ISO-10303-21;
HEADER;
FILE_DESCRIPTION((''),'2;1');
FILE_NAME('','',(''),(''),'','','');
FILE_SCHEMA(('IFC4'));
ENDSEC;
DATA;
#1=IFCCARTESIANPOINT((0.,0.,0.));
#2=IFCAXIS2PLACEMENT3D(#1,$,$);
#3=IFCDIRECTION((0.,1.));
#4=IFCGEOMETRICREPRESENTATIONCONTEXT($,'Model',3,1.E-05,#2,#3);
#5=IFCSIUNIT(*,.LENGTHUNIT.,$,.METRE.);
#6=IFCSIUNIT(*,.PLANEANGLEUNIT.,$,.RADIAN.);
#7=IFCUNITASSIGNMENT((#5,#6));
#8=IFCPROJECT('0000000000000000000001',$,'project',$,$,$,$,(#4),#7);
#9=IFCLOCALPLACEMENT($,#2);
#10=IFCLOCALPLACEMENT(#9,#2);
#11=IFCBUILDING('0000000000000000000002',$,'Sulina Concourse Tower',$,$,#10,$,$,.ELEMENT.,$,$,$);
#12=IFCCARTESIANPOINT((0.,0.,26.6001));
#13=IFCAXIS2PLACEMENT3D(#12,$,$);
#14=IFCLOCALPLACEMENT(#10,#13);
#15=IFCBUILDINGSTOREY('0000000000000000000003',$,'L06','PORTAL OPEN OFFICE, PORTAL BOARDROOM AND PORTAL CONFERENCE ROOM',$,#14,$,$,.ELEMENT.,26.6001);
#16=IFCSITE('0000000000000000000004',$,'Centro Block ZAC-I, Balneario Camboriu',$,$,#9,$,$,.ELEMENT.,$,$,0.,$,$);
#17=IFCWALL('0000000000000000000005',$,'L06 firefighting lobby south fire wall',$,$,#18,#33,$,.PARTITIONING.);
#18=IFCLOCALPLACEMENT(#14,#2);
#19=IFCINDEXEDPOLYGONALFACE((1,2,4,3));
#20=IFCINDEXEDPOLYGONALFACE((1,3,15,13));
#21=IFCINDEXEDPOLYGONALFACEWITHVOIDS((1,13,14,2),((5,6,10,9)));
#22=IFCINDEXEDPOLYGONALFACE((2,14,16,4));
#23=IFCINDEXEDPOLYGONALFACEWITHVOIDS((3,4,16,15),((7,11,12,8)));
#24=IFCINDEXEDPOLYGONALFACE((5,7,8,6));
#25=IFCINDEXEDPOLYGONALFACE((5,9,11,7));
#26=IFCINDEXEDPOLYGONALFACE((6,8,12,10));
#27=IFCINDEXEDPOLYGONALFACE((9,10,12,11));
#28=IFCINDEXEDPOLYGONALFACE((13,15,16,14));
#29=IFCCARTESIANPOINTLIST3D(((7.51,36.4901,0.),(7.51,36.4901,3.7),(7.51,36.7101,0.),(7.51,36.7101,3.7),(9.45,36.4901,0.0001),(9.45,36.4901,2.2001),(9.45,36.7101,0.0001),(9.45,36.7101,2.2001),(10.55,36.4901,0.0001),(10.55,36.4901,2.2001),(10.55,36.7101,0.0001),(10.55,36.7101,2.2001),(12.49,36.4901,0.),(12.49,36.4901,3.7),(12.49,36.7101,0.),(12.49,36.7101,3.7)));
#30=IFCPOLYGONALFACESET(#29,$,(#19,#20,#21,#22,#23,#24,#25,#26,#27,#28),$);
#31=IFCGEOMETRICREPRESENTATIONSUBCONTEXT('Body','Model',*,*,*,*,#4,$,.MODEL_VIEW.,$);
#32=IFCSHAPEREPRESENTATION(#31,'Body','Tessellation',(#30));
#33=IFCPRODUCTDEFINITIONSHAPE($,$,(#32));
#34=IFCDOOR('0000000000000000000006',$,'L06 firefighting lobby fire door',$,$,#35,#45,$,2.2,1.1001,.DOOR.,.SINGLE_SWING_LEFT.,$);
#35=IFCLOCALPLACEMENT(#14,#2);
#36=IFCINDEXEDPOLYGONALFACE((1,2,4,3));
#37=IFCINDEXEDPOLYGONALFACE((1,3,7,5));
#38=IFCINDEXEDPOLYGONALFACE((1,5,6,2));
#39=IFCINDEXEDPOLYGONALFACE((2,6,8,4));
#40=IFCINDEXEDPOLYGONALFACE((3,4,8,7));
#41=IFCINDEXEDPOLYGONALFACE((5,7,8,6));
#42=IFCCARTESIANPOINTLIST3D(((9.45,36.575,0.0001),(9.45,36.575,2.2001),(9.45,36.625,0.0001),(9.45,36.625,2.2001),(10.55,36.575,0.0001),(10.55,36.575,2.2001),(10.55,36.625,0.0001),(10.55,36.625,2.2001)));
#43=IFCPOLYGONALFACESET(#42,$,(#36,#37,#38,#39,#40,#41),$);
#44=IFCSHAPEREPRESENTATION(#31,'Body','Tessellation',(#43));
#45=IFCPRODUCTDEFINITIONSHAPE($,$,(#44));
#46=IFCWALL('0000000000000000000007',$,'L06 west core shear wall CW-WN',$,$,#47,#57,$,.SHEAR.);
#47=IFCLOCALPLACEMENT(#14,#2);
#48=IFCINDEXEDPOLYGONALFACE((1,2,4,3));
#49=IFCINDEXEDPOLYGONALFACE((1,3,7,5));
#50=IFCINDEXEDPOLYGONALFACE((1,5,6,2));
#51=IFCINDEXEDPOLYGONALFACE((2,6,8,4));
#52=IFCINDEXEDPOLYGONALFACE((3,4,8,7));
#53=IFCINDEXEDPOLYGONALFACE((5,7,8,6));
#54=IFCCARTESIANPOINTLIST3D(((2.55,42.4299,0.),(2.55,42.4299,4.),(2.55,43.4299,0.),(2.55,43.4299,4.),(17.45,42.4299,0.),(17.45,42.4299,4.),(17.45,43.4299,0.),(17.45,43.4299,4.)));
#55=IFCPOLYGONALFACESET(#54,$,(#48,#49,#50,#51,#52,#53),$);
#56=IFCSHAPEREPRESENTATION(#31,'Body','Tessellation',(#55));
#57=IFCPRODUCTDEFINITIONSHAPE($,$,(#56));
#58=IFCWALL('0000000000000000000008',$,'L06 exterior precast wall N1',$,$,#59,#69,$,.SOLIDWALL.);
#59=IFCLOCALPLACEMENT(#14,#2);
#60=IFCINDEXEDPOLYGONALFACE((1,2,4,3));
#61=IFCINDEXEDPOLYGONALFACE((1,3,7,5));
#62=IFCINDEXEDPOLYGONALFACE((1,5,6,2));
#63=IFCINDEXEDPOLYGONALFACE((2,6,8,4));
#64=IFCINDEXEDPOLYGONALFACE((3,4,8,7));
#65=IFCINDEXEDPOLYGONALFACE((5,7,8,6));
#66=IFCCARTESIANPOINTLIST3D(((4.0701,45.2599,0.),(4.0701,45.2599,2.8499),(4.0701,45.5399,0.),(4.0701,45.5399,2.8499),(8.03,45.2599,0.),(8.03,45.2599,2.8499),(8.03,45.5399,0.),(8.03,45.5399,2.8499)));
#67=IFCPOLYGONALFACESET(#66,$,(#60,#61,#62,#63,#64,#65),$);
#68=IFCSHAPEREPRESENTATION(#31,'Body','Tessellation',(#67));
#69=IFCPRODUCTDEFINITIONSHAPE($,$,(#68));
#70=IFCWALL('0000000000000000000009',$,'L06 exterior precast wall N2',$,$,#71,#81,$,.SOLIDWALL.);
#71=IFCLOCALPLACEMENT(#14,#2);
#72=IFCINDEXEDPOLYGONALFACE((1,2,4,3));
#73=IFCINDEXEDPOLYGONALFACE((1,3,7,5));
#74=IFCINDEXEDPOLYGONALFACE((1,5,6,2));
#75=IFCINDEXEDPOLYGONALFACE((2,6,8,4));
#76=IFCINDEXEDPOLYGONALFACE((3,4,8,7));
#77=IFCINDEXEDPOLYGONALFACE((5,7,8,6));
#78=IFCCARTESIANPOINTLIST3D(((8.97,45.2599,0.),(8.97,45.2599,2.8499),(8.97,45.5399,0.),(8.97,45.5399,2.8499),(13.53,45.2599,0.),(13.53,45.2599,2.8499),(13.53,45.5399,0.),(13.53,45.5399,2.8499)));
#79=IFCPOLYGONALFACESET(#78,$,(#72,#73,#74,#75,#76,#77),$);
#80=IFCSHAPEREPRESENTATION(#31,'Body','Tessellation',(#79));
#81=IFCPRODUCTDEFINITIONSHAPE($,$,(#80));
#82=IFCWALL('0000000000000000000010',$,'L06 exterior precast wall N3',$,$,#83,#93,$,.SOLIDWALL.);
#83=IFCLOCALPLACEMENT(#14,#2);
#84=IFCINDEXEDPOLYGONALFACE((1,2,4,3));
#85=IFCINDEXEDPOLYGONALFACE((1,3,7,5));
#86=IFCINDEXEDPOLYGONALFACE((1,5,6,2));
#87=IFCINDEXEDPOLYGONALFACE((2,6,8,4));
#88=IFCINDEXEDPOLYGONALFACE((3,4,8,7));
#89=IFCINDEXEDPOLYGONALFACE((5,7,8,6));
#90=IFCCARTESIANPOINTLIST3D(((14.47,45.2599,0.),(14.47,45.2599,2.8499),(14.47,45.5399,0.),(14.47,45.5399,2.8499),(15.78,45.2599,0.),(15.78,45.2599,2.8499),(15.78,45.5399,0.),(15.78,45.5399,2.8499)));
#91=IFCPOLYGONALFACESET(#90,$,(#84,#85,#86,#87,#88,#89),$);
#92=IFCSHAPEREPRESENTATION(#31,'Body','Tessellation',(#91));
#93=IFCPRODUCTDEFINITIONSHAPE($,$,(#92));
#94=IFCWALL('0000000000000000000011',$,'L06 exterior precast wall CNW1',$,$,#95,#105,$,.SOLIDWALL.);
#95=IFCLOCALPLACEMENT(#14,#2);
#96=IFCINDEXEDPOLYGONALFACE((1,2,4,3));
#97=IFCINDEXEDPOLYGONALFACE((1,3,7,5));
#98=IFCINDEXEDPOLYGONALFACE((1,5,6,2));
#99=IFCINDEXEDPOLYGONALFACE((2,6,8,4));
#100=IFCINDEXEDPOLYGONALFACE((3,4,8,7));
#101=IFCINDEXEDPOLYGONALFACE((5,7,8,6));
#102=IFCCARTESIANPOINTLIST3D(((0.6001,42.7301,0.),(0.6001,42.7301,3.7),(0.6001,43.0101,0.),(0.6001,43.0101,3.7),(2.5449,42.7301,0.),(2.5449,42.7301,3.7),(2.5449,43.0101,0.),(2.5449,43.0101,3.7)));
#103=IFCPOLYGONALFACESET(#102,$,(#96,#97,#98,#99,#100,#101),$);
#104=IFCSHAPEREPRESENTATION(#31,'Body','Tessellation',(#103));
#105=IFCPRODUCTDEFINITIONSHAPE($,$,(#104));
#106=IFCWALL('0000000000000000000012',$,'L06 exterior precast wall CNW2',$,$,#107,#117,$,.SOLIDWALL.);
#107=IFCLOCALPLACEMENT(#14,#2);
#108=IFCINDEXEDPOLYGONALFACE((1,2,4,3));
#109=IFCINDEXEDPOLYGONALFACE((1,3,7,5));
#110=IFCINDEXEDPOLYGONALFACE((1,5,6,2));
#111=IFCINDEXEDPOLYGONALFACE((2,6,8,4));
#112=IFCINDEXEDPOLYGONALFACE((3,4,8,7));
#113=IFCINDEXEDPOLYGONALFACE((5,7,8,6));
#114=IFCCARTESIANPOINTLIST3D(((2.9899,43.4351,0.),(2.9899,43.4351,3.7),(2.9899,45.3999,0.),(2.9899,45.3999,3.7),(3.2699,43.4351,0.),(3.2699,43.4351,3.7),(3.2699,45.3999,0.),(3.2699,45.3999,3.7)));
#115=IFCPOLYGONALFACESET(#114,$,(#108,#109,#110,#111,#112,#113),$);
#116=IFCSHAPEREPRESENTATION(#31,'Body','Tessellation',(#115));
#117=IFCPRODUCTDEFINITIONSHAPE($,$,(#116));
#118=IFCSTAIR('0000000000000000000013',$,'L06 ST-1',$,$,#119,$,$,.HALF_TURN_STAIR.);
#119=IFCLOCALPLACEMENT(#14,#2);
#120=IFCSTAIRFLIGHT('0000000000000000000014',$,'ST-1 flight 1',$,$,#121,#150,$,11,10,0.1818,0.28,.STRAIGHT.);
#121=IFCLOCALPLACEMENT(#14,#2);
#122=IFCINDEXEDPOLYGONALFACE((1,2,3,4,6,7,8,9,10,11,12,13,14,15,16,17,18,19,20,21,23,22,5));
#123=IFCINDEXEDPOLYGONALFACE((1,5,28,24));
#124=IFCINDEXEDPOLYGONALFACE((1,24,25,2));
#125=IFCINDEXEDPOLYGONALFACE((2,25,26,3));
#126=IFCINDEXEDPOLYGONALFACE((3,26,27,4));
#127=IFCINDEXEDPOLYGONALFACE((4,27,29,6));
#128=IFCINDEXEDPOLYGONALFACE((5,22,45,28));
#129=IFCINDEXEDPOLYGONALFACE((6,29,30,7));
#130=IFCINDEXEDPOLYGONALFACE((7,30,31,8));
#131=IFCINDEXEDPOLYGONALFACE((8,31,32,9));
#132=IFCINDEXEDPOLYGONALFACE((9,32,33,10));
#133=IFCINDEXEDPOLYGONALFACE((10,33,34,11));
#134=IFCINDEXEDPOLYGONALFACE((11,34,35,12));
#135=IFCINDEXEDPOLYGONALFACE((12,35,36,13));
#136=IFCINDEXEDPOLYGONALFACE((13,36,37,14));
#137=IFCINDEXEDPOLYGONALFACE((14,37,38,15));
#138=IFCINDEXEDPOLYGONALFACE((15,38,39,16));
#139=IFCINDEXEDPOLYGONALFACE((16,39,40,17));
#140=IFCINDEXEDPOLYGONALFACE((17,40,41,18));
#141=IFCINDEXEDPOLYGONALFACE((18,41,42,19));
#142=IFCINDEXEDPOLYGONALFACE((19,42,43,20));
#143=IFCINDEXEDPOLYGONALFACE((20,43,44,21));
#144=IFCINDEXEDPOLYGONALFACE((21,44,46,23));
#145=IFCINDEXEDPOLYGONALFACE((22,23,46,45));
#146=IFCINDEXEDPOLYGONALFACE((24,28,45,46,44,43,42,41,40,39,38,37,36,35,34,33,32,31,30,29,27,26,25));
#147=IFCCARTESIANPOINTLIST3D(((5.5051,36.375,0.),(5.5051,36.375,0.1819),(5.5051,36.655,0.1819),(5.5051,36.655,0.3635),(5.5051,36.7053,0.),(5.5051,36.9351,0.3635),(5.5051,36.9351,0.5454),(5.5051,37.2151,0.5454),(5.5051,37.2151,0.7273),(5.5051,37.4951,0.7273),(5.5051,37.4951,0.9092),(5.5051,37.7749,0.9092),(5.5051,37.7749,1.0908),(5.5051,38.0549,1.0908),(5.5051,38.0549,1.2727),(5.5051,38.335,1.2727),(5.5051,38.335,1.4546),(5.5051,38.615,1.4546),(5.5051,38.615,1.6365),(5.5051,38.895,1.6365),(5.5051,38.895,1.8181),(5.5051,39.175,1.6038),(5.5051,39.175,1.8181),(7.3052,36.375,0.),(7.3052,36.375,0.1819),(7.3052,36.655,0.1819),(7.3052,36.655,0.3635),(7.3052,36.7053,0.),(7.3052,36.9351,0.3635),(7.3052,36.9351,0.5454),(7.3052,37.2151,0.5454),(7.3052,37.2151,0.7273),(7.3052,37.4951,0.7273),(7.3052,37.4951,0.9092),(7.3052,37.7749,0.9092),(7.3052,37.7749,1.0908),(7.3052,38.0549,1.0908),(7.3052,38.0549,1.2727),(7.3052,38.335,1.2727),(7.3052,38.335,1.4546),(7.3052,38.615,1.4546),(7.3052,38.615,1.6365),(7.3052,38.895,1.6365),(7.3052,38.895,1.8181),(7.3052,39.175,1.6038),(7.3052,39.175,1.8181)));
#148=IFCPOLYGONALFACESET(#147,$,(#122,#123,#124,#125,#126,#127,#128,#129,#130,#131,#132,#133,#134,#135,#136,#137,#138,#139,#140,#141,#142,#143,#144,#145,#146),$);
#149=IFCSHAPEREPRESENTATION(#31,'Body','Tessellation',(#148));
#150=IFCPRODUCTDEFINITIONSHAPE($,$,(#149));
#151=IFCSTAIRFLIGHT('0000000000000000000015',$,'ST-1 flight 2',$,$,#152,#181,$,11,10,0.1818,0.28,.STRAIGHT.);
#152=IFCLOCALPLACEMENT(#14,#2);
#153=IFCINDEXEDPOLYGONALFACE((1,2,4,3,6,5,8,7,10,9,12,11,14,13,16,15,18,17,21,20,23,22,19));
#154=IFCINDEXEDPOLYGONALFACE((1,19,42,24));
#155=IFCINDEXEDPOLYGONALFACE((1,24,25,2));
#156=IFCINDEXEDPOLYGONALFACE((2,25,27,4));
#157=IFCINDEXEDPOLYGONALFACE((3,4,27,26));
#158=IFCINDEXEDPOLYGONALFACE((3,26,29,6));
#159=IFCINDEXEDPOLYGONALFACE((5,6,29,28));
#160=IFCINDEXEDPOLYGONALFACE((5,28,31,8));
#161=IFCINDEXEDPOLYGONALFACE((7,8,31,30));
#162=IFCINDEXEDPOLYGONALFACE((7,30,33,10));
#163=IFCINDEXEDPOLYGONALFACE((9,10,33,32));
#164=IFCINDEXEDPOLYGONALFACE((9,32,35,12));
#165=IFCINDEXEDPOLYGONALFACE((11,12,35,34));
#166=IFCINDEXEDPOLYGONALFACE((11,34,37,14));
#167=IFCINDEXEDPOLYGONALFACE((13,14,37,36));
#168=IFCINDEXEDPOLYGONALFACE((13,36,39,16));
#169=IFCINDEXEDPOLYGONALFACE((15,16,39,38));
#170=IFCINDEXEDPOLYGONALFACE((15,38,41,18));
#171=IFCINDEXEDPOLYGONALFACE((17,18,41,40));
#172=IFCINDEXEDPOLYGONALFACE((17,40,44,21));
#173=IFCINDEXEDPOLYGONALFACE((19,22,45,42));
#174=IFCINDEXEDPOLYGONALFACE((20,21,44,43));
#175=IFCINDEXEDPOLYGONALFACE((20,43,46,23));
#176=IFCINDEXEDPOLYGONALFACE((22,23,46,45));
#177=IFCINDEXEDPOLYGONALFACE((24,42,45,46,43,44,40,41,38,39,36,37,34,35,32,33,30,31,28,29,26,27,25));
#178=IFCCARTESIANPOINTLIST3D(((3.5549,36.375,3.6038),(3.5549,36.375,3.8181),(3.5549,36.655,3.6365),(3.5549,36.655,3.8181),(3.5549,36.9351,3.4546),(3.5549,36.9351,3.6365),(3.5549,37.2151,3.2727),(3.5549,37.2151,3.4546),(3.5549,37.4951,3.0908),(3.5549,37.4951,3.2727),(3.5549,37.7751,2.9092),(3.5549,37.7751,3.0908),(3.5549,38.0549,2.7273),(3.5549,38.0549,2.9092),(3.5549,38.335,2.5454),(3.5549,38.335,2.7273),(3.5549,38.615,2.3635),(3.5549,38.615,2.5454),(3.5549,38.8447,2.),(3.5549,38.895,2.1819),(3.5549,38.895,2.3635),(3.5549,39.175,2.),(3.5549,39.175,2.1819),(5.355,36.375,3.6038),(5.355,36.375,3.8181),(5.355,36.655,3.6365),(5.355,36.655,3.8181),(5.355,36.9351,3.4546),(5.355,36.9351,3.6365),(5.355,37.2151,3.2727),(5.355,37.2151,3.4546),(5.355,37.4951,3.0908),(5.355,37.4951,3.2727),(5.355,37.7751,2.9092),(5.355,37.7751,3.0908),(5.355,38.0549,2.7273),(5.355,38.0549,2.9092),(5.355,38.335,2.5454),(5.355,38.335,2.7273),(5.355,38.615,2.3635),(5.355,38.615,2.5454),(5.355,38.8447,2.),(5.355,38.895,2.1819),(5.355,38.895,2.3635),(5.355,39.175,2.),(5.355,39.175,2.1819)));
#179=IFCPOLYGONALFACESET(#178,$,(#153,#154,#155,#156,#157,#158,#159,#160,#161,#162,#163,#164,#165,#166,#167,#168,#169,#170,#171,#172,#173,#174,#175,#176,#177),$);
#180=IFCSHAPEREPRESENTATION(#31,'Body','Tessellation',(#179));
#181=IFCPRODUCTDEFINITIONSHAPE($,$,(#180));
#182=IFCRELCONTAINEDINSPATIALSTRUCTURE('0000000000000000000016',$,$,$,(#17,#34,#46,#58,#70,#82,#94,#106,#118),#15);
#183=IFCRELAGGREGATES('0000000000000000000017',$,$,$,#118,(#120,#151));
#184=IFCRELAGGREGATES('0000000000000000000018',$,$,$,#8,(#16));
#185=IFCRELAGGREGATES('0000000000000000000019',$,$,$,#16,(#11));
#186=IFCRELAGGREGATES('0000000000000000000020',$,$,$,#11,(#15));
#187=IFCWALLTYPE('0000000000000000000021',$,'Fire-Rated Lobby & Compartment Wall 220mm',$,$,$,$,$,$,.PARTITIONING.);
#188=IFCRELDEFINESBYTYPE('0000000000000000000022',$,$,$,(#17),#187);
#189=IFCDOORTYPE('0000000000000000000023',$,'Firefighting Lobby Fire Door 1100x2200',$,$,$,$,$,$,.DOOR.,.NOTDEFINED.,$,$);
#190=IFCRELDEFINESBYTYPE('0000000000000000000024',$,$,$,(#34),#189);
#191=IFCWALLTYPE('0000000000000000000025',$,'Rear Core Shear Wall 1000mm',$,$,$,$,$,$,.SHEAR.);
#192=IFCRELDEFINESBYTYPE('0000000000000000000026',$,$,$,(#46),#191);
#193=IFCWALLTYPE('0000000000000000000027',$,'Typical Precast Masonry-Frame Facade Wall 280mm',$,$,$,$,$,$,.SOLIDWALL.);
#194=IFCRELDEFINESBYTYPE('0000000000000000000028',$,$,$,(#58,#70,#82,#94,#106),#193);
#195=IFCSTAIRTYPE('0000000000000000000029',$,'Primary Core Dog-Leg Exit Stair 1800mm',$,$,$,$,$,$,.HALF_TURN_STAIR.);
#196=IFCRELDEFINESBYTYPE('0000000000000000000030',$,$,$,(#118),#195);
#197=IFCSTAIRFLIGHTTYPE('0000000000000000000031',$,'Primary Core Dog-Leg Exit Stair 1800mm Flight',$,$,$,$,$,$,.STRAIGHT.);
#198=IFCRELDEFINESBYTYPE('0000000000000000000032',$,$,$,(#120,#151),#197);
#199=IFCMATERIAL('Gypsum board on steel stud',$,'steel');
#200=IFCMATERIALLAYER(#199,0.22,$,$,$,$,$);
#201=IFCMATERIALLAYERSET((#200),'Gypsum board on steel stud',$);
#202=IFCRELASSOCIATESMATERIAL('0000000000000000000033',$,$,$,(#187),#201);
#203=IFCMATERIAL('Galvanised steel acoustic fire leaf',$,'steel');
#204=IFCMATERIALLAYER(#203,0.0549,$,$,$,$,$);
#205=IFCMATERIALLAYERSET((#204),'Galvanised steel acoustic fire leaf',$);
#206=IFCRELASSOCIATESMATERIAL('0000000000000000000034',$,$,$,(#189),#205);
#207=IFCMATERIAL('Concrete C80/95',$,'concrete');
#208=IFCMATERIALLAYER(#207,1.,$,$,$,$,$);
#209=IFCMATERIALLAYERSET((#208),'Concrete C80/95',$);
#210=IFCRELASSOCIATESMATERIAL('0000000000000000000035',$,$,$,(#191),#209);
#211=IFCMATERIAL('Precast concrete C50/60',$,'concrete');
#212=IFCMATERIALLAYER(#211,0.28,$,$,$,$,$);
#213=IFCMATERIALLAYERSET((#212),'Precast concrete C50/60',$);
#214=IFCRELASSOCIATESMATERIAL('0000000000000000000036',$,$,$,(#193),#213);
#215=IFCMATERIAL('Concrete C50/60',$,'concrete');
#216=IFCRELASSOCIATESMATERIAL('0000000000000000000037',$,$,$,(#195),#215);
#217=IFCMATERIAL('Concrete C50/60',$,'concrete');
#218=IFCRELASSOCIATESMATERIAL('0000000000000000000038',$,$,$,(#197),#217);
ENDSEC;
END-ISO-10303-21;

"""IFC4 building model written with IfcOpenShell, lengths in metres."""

from ifc_helpers import new_model, si_unit, direction, frame, frame_2d, origin, place, context, subcontext, project, spatial, polyline, rectangle, outline, extrude, material, layer, layer_set, type_object, element, fill, aggregate, save


model = new_model("IFC4")

# Units and contexts
model_context = context("Model", 3, precision=1e-05, world=origin(), true_north=direction((0.0, 1.0)))
body_context = subcontext(model_context, "Body", "Model", "MODEL_VIEW")
ifc_project = project(units=[si_unit("LENGTHUNIT", "METRE"), si_unit("PLANEANGLEUNIT", "RADIAN")], contexts=[model_context])

# Site, building, storey
site_placement = place(None, origin())
site = spatial("IfcSite", under=ifc_project, at=site_placement, Name="Centro Block ZAC-I, Balneario Camboriu", CompositionType="ELEMENT", RefElevation=0.0)
building_placement = place(site_placement, origin())
building = spatial("IfcBuilding", under=site, at=building_placement, Name="Sulina Concourse Tower", CompositionType="ELEMENT")
storey_placement = place(building_placement, frame((0.0, 0.0, 26.6001)))
storey = spatial("IfcBuildingStorey", under=building, at=storey_placement, Name="L06", Description="PORTAL OPEN OFFICE, PORTAL BOARDROOM AND PORTAL CONFERENCE ROOM", CompositionType="ELEMENT", Elevation=26.6001)

# Wall, opening, door
ifc_material_1 = material(Name="Gypsum board on steel stud", Category="steel")
ifc_layer_1 = layer(ifc_material_1, 0.22)
ifc_layer_set_1 = layer_set([ifc_layer_1], Name="Gypsum board on steel stud")
wall_type_1 = type_object("IfcWallType", Name="Fire-Rated Lobby & Compartment Wall 220mm", PredefinedType="PARTITIONING", material=ifc_layer_set_1)
wall_1_placement = place(storey_placement, frame((7.51, 36.6001, 0.0), z_axis=(0.0, 0.0, 1.0), x_axis=(1.0, 0.0, 0.0)))
wall_1 = element("IfcWall", 1, at=wall_1_placement, inside=storey, type_object=wall_type_1, Name="L06 firefighting lobby south fire wall", PredefinedType="PARTITIONING", context=body_context, shape_type="SweptSolid", body=[
    extrude(rectangle(XDim=4.98, YDim=0.22, at=frame_2d((2.49, 0.0))), origin(), (0.0, 0.0, 1.0), 3.7),
])
opening_1_placement = place(wall_1_placement, frame((1.9399, 0.0, 0.0)))
opening_1 = element("IfcOpeningElement", 2, at=opening_1_placement, cuts=wall_1, PredefinedType="OPENING", context=body_context, shape_type="SweptSolid", body=[
    extrude(rectangle(XDim=1.1001, YDim=2.2, at=frame_2d((0.55, 1.1001))), frame((0.0, 0.1199, 0.0), z_axis=(0.0, -1.0, 0.0), x_axis=(1.0, 0.0, 0.0)), (0.0, 0.0, 1.0), 0.24),
])
ifc_material_2 = material(Name="Galvanised steel acoustic fire leaf", Category="steel")
ifc_layer_2 = layer(ifc_material_2, 0.0549)
ifc_layer_set_2 = layer_set([ifc_layer_2], Name="Galvanised steel acoustic fire leaf")
door_type_1 = type_object("IfcDoorType", Name="Firefighting Lobby Fire Door 1100x2200", OperationType="NOTDEFINED", PredefinedType="DOOR", material=ifc_layer_set_2)
door_1_placement = place(opening_1_placement, origin())
door_1 = element("IfcDoor", 3, at=door_1_placement, inside=storey, type_object=door_type_1, Name="L06 firefighting lobby fire door", OperationType="SINGLE_SWING_LEFT", OverallHeight=2.2, OverallWidth=1.1001, PredefinedType="DOOR", context=body_context, shape_type="SweptSolid", body=[
    extrude(rectangle(XDim=1.1001, YDim=2.2, at=frame_2d((0.55, 1.1001))), frame((0.0, 0.0249, 0.0), z_axis=(0.0, -1.0, 0.0), x_axis=(1.0, 0.0, 0.0)), (0.0, 0.0, 1.0), 0.05),
])
fill(opening_1, door_1)

# Walls
ifc_material_3 = material(Name="Concrete C80/95", Category="concrete")
ifc_layer_3 = layer(ifc_material_3, 1.0)
ifc_layer_set_3 = layer_set([ifc_layer_3], Name="Concrete C80/95")
wall_type_2 = type_object("IfcWallType", Name="Rear Core Shear Wall 1000mm", PredefinedType="SHEAR", material=ifc_layer_set_3)
wall_2_placement = place(storey_placement, frame((2.55, 42.9299, 0.0), z_axis=(0.0, 0.0, 1.0), x_axis=(1.0, 0.0, 0.0)))
element("IfcWall", 4, at=wall_2_placement, inside=storey, type_object=wall_type_2, Name="L06 west core shear wall CW-WN", PredefinedType="SHEAR", context=body_context, shape_type="SweptSolid", body=[
    extrude(rectangle(XDim=14.8999, YDim=1.0, at=frame_2d((7.45, 0.0))), origin(), (0.0, 0.0, 1.0), 4.0),
])
ifc_material_4 = material(Name="Precast concrete C50/60", Category="concrete")
ifc_layer_4 = layer(ifc_material_4, 0.28)
ifc_layer_set_4 = layer_set([ifc_layer_4], Name="Precast concrete C50/60")
wall_type_3 = type_object("IfcWallType", Name="Typical Precast Masonry-Frame Facade Wall 280mm", PredefinedType="SOLIDWALL", material=ifc_layer_set_4)
wall_3_placement = place(storey_placement, frame((4.0701, 45.3999, 0.0), z_axis=(0.0, 0.0, 1.0), x_axis=(1.0, 0.0, 0.0)))
element("IfcWall", 5, at=wall_3_placement, inside=storey, type_object=wall_type_3, Name="L06 exterior precast wall N1", PredefinedType="SOLIDWALL", context=body_context, shape_type="SweptSolid", body=[
    extrude(rectangle(XDim=3.96, YDim=0.28, at=frame_2d((1.98, 0.0))), origin(), (0.0, 0.0, 1.0), 2.8499),
])
wall_4_placement = place(storey_placement, frame((8.97, 45.3999, 0.0), z_axis=(0.0, 0.0, 1.0), x_axis=(1.0, 0.0, 0.0)))
element("IfcWall", 6, at=wall_4_placement, inside=storey, type_object=wall_type_3, Name="L06 exterior precast wall N2", PredefinedType="SOLIDWALL", context=body_context, shape_type="SweptSolid", body=[
    extrude(rectangle(XDim=4.5601, YDim=0.28, at=frame_2d((2.28, 0.0))), origin(), (0.0, 0.0, 1.0), 2.8499),
])
wall_5_placement = place(storey_placement, frame((14.47, 45.3999, 0.0), z_axis=(0.0, 0.0, 1.0), x_axis=(1.0, 0.0, 0.0)))
element("IfcWall", 7, at=wall_5_placement, inside=storey, type_object=wall_type_3, Name="L06 exterior precast wall N3", PredefinedType="SOLIDWALL", context=body_context, shape_type="SweptSolid", body=[
    extrude(rectangle(XDim=1.3101, YDim=0.28, at=frame_2d((0.655, 0.0))), origin(), (0.0, 0.0, 1.0), 2.8499),
])
wall_6_placement = place(storey_placement, frame((0.6001, 42.8701, 0.0), z_axis=(0.0, 0.0, 1.0), x_axis=(1.0, 0.0, 0.0)))
element("IfcWall", 8, at=wall_6_placement, inside=storey, type_object=wall_type_3, Name="L06 exterior precast wall CNW1", PredefinedType="SOLIDWALL", context=body_context, shape_type="SweptSolid", body=[
    extrude(rectangle(XDim=1.9448, YDim=0.28, at=frame_2d((0.9724, 0.0))), origin(), (0.0, 0.0, 1.0), 3.7),
])
wall_7_placement = place(storey_placement, frame((3.1299, 43.4351, 0.0), z_axis=(0.0, 0.0, 1.0), x_axis=(0.0, 1.0, 0.0)))
element("IfcWall", 9, at=wall_7_placement, inside=storey, type_object=wall_type_3, Name="L06 exterior precast wall CNW2", PredefinedType="SOLIDWALL", context=body_context, shape_type="SweptSolid", body=[
    extrude(rectangle(XDim=1.9648, YDim=0.28, at=frame_2d((0.9824, 0.0))), origin(), (0.0, 0.0, 1.0), 3.7),
])

# Stair, stair flights
ifc_material_5 = material(Name="Concrete C50/60", Category="concrete")
stair_type = type_object("IfcStairType", Name="Primary Core Dog-Leg Exit Stair 1800mm", PredefinedType="HALF_TURN_STAIR", material=ifc_material_5)
stair_1_placement = place(storey_placement, origin())
stair_1 = element("IfcStair", 10, at=stair_1_placement, inside=storey, type_object=stair_type, Name="L06 ST-1", PredefinedType="HALF_TURN_STAIR")
ifc_material_6 = material(Name="Concrete C50/60", Category="concrete")
stair_flight_type = type_object("IfcStairFlightType", Name="Primary Core Dog-Leg Exit Stair 1800mm Flight", PredefinedType="STRAIGHT", material=ifc_material_6)
stair_flight_1_placement = place(storey_placement, frame((6.405, 36.375, 0.0), z_axis=(0.0, 0.0, 1.0), x_axis=(0.0, 1.0, 0.0)))
stair_flight_1 = element("IfcStairFlight", 11, at=stair_flight_1_placement, type_object=stair_flight_type, Name="ST-1 flight 1", NumberOfRisers=11, NumberOfTreads=10, PredefinedType="STRAIGHT", RiserHeight=0.1818, TreadLength=0.28, context=body_context, shape_type="SweptSolid", body=[
    extrude(outline(polyline([(0.0, 0.0), (0.0, 0.1819), (0.28, 0.1819), (0.28, 0.3635), (0.5601, 0.3635), (0.5601, 0.5454), (0.8401, 0.5454), (0.8401, 0.7273), (1.1201, 0.7273), (1.1201, 0.9092), (1.3999, 0.9092), (1.3999, 1.0908), (1.6799, 1.0908), (1.6799, 1.2727), (1.96, 1.2727), (1.96, 1.4546), (2.24, 1.4546), (2.24, 1.6365), (2.52, 1.6365), (2.52, 1.8181), (2.8, 1.8181), (2.8, 2.0), (2.8, 1.6038), (0.3303, 0.0), (0.0, 0.0)])), frame((0.0, 0.8999, 0.0), z_axis=(0.0, -1.0, 0.0), x_axis=(1.0, 0.0, 0.0)), (0.0, 0.0, 1.0), 1.8),
])
stair_flight_2_placement = place(storey_placement, frame((4.4551, 39.175, 2.0), z_axis=(0.0, 0.0, 1.0), x_axis=(0.0, -1.0, 0.0)))
stair_flight_2 = element("IfcStairFlight", 12, at=stair_flight_2_placement, type_object=stair_flight_type, Name="ST-1 flight 2", NumberOfRisers=11, NumberOfTreads=10, PredefinedType="STRAIGHT", RiserHeight=0.1818, TreadLength=0.28, context=body_context, shape_type="SweptSolid", body=[
    extrude(outline(polyline([(0.0, 0.0), (0.0, 0.1819), (0.28, 0.1819), (0.28, 0.3635), (0.5601, 0.3635), (0.5601, 0.5454), (0.8401, 0.5454), (0.8401, 0.7273), (1.1201, 0.7273), (1.1201, 0.9092), (1.3999, 0.9092), (1.3999, 1.0908), (1.6799, 1.0908), (1.6799, 1.2727), (1.96, 1.2727), (1.96, 1.4546), (2.24, 1.4546), (2.24, 1.6365), (2.52, 1.6365), (2.52, 1.8181), (2.8, 1.8181), (2.8, 2.0), (2.8, 1.6038), (0.3303, 0.0), (0.0, 0.0)])), frame((0.0, 0.8999, 0.0), z_axis=(0.0, -1.0, 0.0), x_axis=(1.0, 0.0, 0.0)), (0.0, 0.0, 1.0), 1.8),
])
aggregate(stair_1, [stair_flight_1, stair_flight_2])

save(model, "model.ifc")
